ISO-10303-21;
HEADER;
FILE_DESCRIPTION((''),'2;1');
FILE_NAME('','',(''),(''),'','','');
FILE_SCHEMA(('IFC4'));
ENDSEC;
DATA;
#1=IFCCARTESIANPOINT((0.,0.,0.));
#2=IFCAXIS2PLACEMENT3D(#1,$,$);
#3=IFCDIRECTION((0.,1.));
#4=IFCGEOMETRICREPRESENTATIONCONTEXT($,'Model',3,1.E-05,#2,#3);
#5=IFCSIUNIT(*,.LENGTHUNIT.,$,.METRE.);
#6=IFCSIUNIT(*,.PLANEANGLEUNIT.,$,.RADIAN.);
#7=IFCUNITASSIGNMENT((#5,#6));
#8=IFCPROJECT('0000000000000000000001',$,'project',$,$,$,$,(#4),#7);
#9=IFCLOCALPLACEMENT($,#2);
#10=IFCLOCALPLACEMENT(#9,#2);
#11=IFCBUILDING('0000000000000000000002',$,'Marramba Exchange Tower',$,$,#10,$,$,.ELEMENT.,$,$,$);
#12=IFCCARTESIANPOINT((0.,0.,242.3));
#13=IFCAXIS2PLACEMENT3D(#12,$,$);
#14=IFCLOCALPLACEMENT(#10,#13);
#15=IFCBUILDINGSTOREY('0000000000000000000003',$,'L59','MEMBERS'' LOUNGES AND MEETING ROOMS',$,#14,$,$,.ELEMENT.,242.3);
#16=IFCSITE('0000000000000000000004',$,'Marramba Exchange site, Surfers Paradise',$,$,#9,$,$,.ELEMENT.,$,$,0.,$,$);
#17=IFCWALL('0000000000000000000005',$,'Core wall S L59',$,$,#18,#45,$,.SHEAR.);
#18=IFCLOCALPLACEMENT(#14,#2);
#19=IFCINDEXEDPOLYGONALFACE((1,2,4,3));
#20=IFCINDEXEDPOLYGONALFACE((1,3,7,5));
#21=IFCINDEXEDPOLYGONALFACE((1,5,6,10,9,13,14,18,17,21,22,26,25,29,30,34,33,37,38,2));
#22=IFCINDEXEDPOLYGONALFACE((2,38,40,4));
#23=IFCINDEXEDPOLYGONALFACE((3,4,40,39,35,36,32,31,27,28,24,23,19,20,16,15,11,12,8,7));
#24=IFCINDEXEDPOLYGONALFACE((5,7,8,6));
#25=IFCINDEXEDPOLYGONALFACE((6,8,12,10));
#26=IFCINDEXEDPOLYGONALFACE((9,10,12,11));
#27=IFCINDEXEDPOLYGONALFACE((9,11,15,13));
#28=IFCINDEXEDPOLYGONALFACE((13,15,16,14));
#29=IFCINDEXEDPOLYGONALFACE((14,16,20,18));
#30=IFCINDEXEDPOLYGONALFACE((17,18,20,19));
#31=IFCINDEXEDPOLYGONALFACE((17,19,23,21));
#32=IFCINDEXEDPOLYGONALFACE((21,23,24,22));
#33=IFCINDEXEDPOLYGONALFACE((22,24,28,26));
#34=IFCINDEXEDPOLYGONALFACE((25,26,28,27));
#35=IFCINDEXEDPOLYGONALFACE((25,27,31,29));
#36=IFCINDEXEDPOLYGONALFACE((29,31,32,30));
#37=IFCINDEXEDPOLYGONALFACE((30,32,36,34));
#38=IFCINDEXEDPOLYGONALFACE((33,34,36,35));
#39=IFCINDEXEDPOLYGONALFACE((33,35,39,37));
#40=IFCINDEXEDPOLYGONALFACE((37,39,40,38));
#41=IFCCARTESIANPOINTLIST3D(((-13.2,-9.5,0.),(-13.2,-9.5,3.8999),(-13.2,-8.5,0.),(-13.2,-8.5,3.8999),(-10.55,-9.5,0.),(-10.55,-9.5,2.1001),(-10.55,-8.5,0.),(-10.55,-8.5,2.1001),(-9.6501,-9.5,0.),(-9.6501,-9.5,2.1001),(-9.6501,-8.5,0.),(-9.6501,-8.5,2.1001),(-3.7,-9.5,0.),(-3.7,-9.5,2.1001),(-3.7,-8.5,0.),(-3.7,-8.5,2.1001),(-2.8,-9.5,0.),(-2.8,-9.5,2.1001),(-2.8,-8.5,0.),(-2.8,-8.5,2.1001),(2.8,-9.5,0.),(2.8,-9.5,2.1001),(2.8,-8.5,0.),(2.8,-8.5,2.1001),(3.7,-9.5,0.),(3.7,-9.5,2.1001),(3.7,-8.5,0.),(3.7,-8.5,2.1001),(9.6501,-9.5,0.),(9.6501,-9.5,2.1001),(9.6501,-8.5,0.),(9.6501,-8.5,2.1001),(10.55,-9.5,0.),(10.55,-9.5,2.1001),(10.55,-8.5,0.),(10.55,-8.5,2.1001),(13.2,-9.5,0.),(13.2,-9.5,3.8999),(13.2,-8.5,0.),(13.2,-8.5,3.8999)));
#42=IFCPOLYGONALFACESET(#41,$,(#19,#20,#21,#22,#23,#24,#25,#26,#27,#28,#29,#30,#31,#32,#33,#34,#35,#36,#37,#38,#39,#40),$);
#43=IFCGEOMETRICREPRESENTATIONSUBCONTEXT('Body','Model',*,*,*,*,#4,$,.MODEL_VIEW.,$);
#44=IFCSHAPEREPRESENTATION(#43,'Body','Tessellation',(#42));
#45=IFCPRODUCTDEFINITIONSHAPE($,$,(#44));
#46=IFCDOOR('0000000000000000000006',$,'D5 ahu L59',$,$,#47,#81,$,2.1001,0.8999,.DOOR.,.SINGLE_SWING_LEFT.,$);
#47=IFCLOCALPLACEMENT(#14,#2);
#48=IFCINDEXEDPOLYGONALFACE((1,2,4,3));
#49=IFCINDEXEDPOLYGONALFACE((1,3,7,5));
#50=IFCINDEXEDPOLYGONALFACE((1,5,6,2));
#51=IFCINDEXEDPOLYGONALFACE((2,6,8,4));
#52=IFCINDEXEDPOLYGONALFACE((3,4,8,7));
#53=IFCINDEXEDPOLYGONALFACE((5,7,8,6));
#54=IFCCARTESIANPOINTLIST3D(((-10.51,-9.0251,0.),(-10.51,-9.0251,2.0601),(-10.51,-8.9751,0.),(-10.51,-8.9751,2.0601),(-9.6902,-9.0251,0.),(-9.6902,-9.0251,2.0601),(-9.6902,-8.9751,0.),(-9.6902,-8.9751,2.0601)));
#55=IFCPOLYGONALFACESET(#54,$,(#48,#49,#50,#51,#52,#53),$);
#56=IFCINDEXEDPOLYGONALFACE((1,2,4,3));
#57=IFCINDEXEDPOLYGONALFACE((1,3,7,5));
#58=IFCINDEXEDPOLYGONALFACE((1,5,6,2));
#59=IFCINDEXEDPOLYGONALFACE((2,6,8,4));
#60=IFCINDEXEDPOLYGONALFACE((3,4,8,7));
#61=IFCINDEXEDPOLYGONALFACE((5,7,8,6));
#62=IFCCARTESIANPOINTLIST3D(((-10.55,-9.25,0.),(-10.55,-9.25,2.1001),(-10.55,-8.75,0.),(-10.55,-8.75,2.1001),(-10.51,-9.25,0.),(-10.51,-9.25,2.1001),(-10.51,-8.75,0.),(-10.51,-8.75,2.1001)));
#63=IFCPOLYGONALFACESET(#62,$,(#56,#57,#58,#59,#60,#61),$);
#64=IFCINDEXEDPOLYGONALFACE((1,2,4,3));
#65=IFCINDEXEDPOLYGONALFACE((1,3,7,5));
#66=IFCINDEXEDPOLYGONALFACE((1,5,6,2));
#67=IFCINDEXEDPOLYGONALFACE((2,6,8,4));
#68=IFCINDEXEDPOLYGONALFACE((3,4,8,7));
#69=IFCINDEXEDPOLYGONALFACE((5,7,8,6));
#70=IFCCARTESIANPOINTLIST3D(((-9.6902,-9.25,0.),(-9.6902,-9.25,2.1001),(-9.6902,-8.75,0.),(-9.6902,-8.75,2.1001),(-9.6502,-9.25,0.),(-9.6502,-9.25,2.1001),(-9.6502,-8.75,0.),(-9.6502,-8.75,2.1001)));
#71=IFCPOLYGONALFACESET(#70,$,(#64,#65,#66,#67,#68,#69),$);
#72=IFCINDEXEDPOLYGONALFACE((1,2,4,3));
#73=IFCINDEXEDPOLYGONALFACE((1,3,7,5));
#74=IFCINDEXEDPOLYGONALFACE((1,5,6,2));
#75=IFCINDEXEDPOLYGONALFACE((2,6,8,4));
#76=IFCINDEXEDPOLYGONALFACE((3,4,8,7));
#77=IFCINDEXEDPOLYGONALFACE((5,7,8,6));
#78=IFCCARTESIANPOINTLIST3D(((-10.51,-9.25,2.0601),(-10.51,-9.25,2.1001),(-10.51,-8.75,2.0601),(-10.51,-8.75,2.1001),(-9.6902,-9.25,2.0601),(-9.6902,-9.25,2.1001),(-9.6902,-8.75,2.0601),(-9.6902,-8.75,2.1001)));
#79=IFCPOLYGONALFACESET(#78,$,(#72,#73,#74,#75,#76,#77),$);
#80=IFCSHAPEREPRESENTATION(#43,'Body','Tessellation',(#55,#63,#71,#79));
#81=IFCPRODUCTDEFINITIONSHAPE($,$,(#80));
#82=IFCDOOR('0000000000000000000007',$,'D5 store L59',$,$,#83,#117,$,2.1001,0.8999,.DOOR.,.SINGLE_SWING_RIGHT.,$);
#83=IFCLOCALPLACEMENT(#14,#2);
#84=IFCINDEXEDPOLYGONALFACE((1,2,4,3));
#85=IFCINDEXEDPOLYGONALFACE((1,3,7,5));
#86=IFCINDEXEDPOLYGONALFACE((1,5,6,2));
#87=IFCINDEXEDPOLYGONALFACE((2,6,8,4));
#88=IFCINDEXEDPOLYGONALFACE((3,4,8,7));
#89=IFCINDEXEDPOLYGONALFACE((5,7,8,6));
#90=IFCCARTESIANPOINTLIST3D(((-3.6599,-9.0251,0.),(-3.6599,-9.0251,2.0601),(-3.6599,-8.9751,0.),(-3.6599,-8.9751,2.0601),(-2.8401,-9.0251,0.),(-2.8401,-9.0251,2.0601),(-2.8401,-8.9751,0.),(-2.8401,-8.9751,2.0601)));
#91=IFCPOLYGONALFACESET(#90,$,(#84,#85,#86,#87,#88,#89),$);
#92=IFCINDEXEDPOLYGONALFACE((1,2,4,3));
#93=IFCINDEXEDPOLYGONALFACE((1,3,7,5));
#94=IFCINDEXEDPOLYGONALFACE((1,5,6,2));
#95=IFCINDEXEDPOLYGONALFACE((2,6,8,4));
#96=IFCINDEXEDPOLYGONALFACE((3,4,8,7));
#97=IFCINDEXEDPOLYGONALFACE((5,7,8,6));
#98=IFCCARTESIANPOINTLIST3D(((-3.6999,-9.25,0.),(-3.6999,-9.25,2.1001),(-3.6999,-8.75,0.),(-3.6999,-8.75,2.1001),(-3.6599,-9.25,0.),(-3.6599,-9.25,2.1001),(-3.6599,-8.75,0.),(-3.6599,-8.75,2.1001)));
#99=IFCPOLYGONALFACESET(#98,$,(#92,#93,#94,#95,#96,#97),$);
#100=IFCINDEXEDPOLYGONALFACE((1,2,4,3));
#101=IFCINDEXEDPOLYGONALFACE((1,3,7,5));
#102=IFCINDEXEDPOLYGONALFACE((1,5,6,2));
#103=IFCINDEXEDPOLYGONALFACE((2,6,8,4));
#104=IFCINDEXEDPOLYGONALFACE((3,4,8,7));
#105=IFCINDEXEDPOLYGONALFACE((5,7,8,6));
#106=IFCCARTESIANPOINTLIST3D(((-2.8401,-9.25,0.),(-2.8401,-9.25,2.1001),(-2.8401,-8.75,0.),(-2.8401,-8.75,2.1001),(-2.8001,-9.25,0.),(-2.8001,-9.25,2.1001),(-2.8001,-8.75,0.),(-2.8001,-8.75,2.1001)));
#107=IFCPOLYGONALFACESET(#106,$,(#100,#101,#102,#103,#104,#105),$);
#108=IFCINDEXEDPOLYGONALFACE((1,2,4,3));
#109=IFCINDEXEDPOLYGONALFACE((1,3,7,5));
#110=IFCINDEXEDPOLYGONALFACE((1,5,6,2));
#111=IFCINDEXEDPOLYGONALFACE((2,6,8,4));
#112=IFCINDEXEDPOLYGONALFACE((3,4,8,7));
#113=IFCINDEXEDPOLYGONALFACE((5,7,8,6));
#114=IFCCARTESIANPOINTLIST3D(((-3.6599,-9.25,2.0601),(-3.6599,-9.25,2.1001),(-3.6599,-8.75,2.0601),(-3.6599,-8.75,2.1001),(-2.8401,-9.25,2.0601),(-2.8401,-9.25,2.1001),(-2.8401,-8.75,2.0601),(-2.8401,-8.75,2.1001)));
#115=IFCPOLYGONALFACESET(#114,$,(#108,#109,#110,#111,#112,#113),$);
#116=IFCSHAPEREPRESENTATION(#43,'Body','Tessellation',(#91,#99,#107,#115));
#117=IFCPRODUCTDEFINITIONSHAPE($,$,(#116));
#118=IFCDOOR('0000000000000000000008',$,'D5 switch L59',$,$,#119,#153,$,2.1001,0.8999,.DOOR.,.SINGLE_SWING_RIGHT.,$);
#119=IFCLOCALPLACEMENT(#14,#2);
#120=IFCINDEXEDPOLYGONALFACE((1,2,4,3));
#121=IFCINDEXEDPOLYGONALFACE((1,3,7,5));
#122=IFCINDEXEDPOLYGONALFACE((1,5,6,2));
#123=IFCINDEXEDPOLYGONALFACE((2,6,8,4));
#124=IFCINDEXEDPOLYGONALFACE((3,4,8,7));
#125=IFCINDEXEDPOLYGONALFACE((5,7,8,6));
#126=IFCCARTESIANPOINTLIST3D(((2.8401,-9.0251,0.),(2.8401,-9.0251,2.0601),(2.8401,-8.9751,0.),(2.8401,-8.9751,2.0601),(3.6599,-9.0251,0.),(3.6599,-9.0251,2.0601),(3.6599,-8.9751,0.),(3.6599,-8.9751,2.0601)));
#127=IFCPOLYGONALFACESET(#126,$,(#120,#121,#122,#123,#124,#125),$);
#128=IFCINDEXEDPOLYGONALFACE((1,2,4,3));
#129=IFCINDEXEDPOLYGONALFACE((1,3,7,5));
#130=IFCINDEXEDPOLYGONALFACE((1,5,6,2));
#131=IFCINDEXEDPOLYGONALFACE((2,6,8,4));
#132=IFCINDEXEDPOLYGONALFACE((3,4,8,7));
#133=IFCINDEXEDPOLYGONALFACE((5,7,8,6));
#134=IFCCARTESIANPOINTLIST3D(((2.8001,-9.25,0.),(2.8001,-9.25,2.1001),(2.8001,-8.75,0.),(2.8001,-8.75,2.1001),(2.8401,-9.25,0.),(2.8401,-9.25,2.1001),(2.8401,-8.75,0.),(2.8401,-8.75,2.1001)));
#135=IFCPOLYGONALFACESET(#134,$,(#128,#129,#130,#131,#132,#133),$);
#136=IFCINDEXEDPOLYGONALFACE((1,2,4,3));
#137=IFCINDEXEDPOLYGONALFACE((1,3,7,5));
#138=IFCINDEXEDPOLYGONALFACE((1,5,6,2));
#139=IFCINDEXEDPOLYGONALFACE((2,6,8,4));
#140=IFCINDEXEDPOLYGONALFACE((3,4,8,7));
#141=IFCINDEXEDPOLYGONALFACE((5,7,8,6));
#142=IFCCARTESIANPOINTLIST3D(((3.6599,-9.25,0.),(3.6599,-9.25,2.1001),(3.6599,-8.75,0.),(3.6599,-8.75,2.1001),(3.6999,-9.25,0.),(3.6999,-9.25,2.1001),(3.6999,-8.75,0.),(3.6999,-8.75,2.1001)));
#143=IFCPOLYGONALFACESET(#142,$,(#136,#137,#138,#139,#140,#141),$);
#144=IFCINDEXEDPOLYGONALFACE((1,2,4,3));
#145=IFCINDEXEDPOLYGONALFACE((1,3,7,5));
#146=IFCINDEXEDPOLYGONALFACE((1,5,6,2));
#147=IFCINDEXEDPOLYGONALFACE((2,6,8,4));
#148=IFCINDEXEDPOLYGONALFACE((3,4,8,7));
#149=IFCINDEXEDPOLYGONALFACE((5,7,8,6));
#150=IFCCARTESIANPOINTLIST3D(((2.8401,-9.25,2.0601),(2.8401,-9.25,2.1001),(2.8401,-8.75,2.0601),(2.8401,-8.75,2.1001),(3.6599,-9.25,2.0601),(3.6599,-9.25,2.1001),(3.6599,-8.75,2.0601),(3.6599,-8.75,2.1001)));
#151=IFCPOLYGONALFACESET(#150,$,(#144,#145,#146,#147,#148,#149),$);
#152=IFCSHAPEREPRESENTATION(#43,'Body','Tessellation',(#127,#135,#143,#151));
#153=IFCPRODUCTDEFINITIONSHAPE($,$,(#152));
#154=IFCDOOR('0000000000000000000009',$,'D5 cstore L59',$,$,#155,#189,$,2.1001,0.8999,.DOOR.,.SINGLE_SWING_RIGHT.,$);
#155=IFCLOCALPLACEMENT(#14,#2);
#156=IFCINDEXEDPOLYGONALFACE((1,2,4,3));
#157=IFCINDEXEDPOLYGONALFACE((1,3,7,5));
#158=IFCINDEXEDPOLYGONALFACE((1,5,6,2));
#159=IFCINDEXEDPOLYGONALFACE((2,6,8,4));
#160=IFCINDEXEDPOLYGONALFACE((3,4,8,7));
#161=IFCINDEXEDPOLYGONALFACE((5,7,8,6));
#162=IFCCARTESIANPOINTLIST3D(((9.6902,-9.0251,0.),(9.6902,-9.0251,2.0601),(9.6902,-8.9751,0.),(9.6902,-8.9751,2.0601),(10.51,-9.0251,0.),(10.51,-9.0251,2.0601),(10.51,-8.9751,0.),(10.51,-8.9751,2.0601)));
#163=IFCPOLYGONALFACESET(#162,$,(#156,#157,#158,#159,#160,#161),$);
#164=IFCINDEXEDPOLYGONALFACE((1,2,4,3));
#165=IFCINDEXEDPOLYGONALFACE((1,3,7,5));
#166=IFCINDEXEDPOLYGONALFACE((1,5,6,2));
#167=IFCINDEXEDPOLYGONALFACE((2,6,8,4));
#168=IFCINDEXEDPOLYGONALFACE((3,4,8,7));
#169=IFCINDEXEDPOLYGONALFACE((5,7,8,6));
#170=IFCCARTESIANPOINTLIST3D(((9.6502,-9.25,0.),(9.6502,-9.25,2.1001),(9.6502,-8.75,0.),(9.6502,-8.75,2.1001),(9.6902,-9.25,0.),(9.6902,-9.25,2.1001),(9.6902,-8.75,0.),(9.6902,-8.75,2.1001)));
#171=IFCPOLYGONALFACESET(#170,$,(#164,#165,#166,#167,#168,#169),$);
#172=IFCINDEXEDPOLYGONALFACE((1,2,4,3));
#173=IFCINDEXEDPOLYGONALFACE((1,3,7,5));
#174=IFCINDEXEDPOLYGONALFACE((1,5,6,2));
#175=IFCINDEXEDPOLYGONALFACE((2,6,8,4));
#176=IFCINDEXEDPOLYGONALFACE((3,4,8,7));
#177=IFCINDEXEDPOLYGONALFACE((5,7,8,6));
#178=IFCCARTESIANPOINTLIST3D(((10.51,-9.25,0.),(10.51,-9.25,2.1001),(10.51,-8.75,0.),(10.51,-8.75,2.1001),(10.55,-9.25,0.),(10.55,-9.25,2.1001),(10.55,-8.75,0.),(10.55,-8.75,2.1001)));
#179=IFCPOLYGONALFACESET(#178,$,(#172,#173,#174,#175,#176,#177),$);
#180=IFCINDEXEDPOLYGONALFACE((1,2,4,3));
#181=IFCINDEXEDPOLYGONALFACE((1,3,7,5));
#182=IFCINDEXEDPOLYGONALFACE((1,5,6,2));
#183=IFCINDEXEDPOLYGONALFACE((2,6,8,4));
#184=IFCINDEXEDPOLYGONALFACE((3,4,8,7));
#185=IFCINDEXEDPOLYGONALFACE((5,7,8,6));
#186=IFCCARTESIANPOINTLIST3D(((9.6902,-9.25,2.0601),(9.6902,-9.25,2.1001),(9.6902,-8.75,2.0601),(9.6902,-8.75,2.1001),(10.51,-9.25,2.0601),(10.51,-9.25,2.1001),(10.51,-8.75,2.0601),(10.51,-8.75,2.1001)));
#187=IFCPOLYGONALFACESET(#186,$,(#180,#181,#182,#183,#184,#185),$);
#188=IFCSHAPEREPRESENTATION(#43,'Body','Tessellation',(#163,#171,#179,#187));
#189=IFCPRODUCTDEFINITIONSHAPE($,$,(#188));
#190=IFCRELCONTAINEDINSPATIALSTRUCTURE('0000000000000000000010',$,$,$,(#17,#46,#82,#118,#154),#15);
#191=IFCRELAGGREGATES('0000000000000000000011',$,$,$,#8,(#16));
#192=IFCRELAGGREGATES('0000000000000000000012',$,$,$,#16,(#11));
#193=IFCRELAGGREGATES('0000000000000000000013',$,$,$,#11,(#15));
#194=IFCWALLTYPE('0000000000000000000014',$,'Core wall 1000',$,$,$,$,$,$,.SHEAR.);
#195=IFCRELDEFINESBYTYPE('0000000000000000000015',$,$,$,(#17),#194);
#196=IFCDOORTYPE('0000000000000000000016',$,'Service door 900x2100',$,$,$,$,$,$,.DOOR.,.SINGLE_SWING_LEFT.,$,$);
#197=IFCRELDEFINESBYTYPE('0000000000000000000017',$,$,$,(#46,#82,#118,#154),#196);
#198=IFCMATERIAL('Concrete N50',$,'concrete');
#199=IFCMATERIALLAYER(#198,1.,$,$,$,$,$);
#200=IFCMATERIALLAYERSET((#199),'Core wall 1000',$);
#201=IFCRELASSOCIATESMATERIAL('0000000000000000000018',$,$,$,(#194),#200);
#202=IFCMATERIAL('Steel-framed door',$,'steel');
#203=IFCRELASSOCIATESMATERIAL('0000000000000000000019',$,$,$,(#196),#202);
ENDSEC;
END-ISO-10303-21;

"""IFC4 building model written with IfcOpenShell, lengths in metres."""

from ifc_helpers import new_model, si_unit, direction, frame, frame_2d, origin, place, context, subcontext, project, spatial, rectangle, extrude, material, layer, layer_set, type_object, element, fill, save


model = new_model("IFC4")

# Units and contexts
model_context = context("Model", 3, precision=1e-05, world=origin(), true_north=direction((0.0, 1.0)))
body_context = subcontext(model_context, "Body", "Model", "MODEL_VIEW")
ifc_project = project(units=[si_unit("LENGTHUNIT", "METRE"), si_unit("PLANEANGLEUNIT", "RADIAN")], contexts=[model_context])

# Site, building, storey
site_placement = place(None, origin())
site = spatial("IfcSite", under=ifc_project, at=site_placement, Name="Marramba Exchange site, Surfers Paradise", CompositionType="ELEMENT", RefElevation=0.0)
building_placement = place(site_placement, origin())
building = spatial("IfcBuilding", under=site, at=building_placement, Name="Marramba Exchange Tower", CompositionType="ELEMENT")
storey_placement = place(building_placement, frame((0.0, 0.0, 242.3)))
storey = spatial("IfcBuildingStorey", under=building, at=storey_placement, Name="L59", Description="MEMBERS' LOUNGES AND MEETING ROOMS", CompositionType="ELEMENT", Elevation=242.3)

# Shared definitions
ifc_material_1 = material(Name="Concrete N50", Category="concrete")

# Wall, openings, doors
ifc_layer_1 = layer(ifc_material_1, 1.0)
ifc_layer_set_1 = layer_set([ifc_layer_1], Name="Core wall 1000")
wall_type_1 = type_object("IfcWallType", Name="Core wall 1000", PredefinedType="SHEAR", material=ifc_layer_set_1)
wall_1_placement = place(storey_placement, frame((-13.2, -9.0, 0.0), z_axis=(0.0, 0.0, 1.0), x_axis=(1.0, 0.0, 0.0)))
wall_1 = element("IfcWall", 1, at=wall_1_placement, inside=storey, type_object=wall_type_1, Name="Core wall S L59", PredefinedType="SHEAR", context=body_context, shape_type="SweptSolid", body=[
    extrude(rectangle(XDim=26.3999, YDim=1.0, at=frame_2d((13.2, 0.0))), origin(), (0.0, 0.0, 1.0), 3.8999),
])
opening_1_placement = place(wall_1_placement, frame((2.6499, 0.0, 0.0)))
opening_1 = element("IfcOpeningElement", 2, at=opening_1_placement, cuts=wall_1, PredefinedType="OPENING", context=body_context, shape_type="SweptSolid", body=[
    extrude(rectangle(XDim=0.8999, YDim=2.1001, at=frame_2d((0.45, 1.05))), frame((0.0, 0.51, 0.0), z_axis=(0.0, -1.0, 0.0), x_axis=(1.0, 0.0, 0.0)), (0.0, 0.0, 1.0), 1.02),
])
opening_2_placement = place(wall_1_placement, frame((9.5, 0.0, 0.0)))
opening_2 = element("IfcOpeningElement", 3, at=opening_2_placement, cuts=wall_1, PredefinedType="OPENING", context=body_context, shape_type="SweptSolid", body=[
    extrude(rectangle(XDim=0.8999, YDim=2.1001, at=frame_2d((0.45, 1.05))), frame((0.0, 0.51, 0.0), z_axis=(0.0, -1.0, 0.0), x_axis=(1.0, 0.0, 0.0)), (0.0, 0.0, 1.0), 1.02),
])
opening_3_placement = place(wall_1_placement, frame((16.0, 0.0, 0.0)))
opening_3 = element("IfcOpeningElement", 4, at=opening_3_placement, cuts=wall_1, PredefinedType="OPENING", context=body_context, shape_type="SweptSolid", body=[
    extrude(rectangle(XDim=0.8999, YDim=2.1001, at=frame_2d((0.45, 1.05))), frame((0.0, 0.51, 0.0), z_axis=(0.0, -1.0, 0.0), x_axis=(1.0, 0.0, 0.0)), (0.0, 0.0, 1.0), 1.02),
])
opening_4_placement = place(wall_1_placement, frame((22.8501, 0.0, 0.0)))
opening_4 = element("IfcOpeningElement", 5, at=opening_4_placement, cuts=wall_1, PredefinedType="OPENING", context=body_context, shape_type="SweptSolid", body=[
    extrude(rectangle(XDim=0.8999, YDim=2.1001, at=frame_2d((0.45, 1.05))), frame((0.0, 0.51, 0.0), z_axis=(0.0, -1.0, 0.0), x_axis=(1.0, 0.0, 0.0)), (0.0, 0.0, 1.0), 1.02),
])
ifc_material_2 = material(Name="Steel-framed door", Category="steel")
door_type_1 = type_object("IfcDoorType", Name="Service door 900x2100", OperationType="SINGLE_SWING_LEFT", PredefinedType="DOOR", material=ifc_material_2)
door_1_placement = place(opening_1_placement, origin())
door_1 = element("IfcDoor", 6, at=door_1_placement, inside=storey, type_object=door_type_1, Name="D5 ahu L59", OperationType="SINGLE_SWING_LEFT", OverallHeight=2.1001, OverallWidth=0.8999, PredefinedType="DOOR", context=body_context, shape_type="SweptSolid", body=[
    extrude(rectangle(XDim=0.8198, YDim=2.0601, at=frame_2d((0.45, 1.03))), frame((0.0, 0.0249, 0.0), z_axis=(0.0, -1.0, 0.0), x_axis=(1.0, 0.0, 0.0)), (0.0, 0.0, 1.0), 0.05),
    extrude(rectangle(XDim=0.04, YDim=2.1001, at=frame_2d((0.02, 1.05))), frame((0.0, 0.25, 0.0), z_axis=(0.0, -1.0, 0.0), x_axis=(1.0, 0.0, 0.0)), (0.0, 0.0, 1.0), 0.5),
    extrude(rectangle(XDim=0.04, YDim=2.1001, at=frame_2d((0.8799, 1.05))), frame((0.0, 0.25, 0.0), z_axis=(0.0, -1.0, 0.0), x_axis=(1.0, 0.0, 0.0)), (0.0, 0.0, 1.0), 0.5),
    extrude(rectangle(XDim=0.8198, YDim=0.04, at=frame_2d((0.45, 2.0801))), frame((0.0, 0.25, 0.0), z_axis=(0.0, -1.0, 0.0), x_axis=(1.0, 0.0, 0.0)), (0.0, 0.0, 1.0), 0.5),
])
fill(opening_1, door_1)
door_2_placement = place(opening_2_placement, origin())
door_2 = element("IfcDoor", 7, at=door_2_placement, inside=storey, type_object=door_type_1, Name="D5 store L59", OperationType="SINGLE_SWING_RIGHT", OverallHeight=2.1001, OverallWidth=0.8999, PredefinedType="DOOR", context=body_context, shape_type="SweptSolid", body=[
    extrude(rectangle(XDim=0.8198, YDim=2.0601, at=frame_2d((0.45, 1.03))), frame((0.0, 0.0249, 0.0), z_axis=(0.0, -1.0, 0.0), x_axis=(1.0, 0.0, 0.0)), (0.0, 0.0, 1.0), 0.05),
    extrude(rectangle(XDim=0.04, YDim=2.1001, at=frame_2d((0.02, 1.05))), frame((0.0, 0.25, 0.0), z_axis=(0.0, -1.0, 0.0), x_axis=(1.0, 0.0, 0.0)), (0.0, 0.0, 1.0), 0.5),
    extrude(rectangle(XDim=0.04, YDim=2.1001, at=frame_2d((0.8799, 1.05))), frame((0.0, 0.25, 0.0), z_axis=(0.0, -1.0, 0.0), x_axis=(1.0, 0.0, 0.0)), (0.0, 0.0, 1.0), 0.5),
    extrude(rectangle(XDim=0.8198, YDim=0.04, at=frame_2d((0.45, 2.0801))), frame((0.0, 0.25, 0.0), z_axis=(0.0, -1.0, 0.0), x_axis=(1.0, 0.0, 0.0)), (0.0, 0.0, 1.0), 0.5),
])
fill(opening_2, door_2)
door_3_placement = place(opening_3_placement, origin())
door_3 = element("IfcDoor", 8, at=door_3_placement, inside=storey, type_object=door_type_1, Name="D5 switch L59", OperationType="SINGLE_SWING_RIGHT", OverallHeight=2.1001, OverallWidth=0.8999, PredefinedType="DOOR", context=body_context, shape_type="SweptSolid", body=[
    extrude(rectangle(XDim=0.8198, YDim=2.0601, at=frame_2d((0.45, 1.03))), frame((0.0, 0.0249, 0.0), z_axis=(0.0, -1.0, 0.0), x_axis=(1.0, 0.0, 0.0)), (0.0, 0.0, 1.0), 0.05),
    extrude(rectangle(XDim=0.04, YDim=2.1001, at=frame_2d((0.02, 1.05))), frame((0.0, 0.25, 0.0), z_axis=(0.0, -1.0, 0.0), x_axis=(1.0, 0.0, 0.0)), (0.0, 0.0, 1.0), 0.5),
    extrude(rectangle(XDim=0.04, YDim=2.1001, at=frame_2d((0.8799, 1.05))), frame((0.0, 0.25, 0.0), z_axis=(0.0, -1.0, 0.0), x_axis=(1.0, 0.0, 0.0)), (0.0, 0.0, 1.0), 0.5),
    extrude(rectangle(XDim=0.8198, YDim=0.04, at=frame_2d((0.45, 2.0801))), frame((0.0, 0.25, 0.0), z_axis=(0.0, -1.0, 0.0), x_axis=(1.0, 0.0, 0.0)), (0.0, 0.0, 1.0), 0.5),
])
fill(opening_3, door_3)
door_4_placement = place(opening_4_placement, origin())
door_4 = element("IfcDoor", 9, at=door_4_placement, inside=storey, type_object=door_type_1, Name="D5 cstore L59", OperationType="SINGLE_SWING_RIGHT", OverallHeight=2.1001, OverallWidth=0.8999, PredefinedType="DOOR", context=body_context, shape_type="SweptSolid", body=[
    extrude(rectangle(XDim=0.8198, YDim=2.0601, at=frame_2d((0.45, 1.03))), frame((0.0, 0.0249, 0.0), z_axis=(0.0, -1.0, 0.0), x_axis=(1.0, 0.0, 0.0)), (0.0, 0.0, 1.0), 0.05),
    extrude(rectangle(XDim=0.04, YDim=2.1001, at=frame_2d((0.02, 1.05))), frame((0.0, 0.25, 0.0), z_axis=(0.0, -1.0, 0.0), x_axis=(1.0, 0.0, 0.0)), (0.0, 0.0, 1.0), 0.5),
    extrude(rectangle(XDim=0.04, YDim=2.1001, at=frame_2d((0.8799, 1.05))), frame((0.0, 0.25, 0.0), z_axis=(0.0, -1.0, 0.0), x_axis=(1.0, 0.0, 0.0)), (0.0, 0.0, 1.0), 0.5),
    extrude(rectangle(XDim=0.8198, YDim=0.04, at=frame_2d((0.45, 2.0801))), frame((0.0, 0.25, 0.0), z_axis=(0.0, -1.0, 0.0), x_axis=(1.0, 0.0, 0.0)), (0.0, 0.0, 1.0), 0.5),
])
fill(opening_4, door_4)

save(model, "model.ifc")
